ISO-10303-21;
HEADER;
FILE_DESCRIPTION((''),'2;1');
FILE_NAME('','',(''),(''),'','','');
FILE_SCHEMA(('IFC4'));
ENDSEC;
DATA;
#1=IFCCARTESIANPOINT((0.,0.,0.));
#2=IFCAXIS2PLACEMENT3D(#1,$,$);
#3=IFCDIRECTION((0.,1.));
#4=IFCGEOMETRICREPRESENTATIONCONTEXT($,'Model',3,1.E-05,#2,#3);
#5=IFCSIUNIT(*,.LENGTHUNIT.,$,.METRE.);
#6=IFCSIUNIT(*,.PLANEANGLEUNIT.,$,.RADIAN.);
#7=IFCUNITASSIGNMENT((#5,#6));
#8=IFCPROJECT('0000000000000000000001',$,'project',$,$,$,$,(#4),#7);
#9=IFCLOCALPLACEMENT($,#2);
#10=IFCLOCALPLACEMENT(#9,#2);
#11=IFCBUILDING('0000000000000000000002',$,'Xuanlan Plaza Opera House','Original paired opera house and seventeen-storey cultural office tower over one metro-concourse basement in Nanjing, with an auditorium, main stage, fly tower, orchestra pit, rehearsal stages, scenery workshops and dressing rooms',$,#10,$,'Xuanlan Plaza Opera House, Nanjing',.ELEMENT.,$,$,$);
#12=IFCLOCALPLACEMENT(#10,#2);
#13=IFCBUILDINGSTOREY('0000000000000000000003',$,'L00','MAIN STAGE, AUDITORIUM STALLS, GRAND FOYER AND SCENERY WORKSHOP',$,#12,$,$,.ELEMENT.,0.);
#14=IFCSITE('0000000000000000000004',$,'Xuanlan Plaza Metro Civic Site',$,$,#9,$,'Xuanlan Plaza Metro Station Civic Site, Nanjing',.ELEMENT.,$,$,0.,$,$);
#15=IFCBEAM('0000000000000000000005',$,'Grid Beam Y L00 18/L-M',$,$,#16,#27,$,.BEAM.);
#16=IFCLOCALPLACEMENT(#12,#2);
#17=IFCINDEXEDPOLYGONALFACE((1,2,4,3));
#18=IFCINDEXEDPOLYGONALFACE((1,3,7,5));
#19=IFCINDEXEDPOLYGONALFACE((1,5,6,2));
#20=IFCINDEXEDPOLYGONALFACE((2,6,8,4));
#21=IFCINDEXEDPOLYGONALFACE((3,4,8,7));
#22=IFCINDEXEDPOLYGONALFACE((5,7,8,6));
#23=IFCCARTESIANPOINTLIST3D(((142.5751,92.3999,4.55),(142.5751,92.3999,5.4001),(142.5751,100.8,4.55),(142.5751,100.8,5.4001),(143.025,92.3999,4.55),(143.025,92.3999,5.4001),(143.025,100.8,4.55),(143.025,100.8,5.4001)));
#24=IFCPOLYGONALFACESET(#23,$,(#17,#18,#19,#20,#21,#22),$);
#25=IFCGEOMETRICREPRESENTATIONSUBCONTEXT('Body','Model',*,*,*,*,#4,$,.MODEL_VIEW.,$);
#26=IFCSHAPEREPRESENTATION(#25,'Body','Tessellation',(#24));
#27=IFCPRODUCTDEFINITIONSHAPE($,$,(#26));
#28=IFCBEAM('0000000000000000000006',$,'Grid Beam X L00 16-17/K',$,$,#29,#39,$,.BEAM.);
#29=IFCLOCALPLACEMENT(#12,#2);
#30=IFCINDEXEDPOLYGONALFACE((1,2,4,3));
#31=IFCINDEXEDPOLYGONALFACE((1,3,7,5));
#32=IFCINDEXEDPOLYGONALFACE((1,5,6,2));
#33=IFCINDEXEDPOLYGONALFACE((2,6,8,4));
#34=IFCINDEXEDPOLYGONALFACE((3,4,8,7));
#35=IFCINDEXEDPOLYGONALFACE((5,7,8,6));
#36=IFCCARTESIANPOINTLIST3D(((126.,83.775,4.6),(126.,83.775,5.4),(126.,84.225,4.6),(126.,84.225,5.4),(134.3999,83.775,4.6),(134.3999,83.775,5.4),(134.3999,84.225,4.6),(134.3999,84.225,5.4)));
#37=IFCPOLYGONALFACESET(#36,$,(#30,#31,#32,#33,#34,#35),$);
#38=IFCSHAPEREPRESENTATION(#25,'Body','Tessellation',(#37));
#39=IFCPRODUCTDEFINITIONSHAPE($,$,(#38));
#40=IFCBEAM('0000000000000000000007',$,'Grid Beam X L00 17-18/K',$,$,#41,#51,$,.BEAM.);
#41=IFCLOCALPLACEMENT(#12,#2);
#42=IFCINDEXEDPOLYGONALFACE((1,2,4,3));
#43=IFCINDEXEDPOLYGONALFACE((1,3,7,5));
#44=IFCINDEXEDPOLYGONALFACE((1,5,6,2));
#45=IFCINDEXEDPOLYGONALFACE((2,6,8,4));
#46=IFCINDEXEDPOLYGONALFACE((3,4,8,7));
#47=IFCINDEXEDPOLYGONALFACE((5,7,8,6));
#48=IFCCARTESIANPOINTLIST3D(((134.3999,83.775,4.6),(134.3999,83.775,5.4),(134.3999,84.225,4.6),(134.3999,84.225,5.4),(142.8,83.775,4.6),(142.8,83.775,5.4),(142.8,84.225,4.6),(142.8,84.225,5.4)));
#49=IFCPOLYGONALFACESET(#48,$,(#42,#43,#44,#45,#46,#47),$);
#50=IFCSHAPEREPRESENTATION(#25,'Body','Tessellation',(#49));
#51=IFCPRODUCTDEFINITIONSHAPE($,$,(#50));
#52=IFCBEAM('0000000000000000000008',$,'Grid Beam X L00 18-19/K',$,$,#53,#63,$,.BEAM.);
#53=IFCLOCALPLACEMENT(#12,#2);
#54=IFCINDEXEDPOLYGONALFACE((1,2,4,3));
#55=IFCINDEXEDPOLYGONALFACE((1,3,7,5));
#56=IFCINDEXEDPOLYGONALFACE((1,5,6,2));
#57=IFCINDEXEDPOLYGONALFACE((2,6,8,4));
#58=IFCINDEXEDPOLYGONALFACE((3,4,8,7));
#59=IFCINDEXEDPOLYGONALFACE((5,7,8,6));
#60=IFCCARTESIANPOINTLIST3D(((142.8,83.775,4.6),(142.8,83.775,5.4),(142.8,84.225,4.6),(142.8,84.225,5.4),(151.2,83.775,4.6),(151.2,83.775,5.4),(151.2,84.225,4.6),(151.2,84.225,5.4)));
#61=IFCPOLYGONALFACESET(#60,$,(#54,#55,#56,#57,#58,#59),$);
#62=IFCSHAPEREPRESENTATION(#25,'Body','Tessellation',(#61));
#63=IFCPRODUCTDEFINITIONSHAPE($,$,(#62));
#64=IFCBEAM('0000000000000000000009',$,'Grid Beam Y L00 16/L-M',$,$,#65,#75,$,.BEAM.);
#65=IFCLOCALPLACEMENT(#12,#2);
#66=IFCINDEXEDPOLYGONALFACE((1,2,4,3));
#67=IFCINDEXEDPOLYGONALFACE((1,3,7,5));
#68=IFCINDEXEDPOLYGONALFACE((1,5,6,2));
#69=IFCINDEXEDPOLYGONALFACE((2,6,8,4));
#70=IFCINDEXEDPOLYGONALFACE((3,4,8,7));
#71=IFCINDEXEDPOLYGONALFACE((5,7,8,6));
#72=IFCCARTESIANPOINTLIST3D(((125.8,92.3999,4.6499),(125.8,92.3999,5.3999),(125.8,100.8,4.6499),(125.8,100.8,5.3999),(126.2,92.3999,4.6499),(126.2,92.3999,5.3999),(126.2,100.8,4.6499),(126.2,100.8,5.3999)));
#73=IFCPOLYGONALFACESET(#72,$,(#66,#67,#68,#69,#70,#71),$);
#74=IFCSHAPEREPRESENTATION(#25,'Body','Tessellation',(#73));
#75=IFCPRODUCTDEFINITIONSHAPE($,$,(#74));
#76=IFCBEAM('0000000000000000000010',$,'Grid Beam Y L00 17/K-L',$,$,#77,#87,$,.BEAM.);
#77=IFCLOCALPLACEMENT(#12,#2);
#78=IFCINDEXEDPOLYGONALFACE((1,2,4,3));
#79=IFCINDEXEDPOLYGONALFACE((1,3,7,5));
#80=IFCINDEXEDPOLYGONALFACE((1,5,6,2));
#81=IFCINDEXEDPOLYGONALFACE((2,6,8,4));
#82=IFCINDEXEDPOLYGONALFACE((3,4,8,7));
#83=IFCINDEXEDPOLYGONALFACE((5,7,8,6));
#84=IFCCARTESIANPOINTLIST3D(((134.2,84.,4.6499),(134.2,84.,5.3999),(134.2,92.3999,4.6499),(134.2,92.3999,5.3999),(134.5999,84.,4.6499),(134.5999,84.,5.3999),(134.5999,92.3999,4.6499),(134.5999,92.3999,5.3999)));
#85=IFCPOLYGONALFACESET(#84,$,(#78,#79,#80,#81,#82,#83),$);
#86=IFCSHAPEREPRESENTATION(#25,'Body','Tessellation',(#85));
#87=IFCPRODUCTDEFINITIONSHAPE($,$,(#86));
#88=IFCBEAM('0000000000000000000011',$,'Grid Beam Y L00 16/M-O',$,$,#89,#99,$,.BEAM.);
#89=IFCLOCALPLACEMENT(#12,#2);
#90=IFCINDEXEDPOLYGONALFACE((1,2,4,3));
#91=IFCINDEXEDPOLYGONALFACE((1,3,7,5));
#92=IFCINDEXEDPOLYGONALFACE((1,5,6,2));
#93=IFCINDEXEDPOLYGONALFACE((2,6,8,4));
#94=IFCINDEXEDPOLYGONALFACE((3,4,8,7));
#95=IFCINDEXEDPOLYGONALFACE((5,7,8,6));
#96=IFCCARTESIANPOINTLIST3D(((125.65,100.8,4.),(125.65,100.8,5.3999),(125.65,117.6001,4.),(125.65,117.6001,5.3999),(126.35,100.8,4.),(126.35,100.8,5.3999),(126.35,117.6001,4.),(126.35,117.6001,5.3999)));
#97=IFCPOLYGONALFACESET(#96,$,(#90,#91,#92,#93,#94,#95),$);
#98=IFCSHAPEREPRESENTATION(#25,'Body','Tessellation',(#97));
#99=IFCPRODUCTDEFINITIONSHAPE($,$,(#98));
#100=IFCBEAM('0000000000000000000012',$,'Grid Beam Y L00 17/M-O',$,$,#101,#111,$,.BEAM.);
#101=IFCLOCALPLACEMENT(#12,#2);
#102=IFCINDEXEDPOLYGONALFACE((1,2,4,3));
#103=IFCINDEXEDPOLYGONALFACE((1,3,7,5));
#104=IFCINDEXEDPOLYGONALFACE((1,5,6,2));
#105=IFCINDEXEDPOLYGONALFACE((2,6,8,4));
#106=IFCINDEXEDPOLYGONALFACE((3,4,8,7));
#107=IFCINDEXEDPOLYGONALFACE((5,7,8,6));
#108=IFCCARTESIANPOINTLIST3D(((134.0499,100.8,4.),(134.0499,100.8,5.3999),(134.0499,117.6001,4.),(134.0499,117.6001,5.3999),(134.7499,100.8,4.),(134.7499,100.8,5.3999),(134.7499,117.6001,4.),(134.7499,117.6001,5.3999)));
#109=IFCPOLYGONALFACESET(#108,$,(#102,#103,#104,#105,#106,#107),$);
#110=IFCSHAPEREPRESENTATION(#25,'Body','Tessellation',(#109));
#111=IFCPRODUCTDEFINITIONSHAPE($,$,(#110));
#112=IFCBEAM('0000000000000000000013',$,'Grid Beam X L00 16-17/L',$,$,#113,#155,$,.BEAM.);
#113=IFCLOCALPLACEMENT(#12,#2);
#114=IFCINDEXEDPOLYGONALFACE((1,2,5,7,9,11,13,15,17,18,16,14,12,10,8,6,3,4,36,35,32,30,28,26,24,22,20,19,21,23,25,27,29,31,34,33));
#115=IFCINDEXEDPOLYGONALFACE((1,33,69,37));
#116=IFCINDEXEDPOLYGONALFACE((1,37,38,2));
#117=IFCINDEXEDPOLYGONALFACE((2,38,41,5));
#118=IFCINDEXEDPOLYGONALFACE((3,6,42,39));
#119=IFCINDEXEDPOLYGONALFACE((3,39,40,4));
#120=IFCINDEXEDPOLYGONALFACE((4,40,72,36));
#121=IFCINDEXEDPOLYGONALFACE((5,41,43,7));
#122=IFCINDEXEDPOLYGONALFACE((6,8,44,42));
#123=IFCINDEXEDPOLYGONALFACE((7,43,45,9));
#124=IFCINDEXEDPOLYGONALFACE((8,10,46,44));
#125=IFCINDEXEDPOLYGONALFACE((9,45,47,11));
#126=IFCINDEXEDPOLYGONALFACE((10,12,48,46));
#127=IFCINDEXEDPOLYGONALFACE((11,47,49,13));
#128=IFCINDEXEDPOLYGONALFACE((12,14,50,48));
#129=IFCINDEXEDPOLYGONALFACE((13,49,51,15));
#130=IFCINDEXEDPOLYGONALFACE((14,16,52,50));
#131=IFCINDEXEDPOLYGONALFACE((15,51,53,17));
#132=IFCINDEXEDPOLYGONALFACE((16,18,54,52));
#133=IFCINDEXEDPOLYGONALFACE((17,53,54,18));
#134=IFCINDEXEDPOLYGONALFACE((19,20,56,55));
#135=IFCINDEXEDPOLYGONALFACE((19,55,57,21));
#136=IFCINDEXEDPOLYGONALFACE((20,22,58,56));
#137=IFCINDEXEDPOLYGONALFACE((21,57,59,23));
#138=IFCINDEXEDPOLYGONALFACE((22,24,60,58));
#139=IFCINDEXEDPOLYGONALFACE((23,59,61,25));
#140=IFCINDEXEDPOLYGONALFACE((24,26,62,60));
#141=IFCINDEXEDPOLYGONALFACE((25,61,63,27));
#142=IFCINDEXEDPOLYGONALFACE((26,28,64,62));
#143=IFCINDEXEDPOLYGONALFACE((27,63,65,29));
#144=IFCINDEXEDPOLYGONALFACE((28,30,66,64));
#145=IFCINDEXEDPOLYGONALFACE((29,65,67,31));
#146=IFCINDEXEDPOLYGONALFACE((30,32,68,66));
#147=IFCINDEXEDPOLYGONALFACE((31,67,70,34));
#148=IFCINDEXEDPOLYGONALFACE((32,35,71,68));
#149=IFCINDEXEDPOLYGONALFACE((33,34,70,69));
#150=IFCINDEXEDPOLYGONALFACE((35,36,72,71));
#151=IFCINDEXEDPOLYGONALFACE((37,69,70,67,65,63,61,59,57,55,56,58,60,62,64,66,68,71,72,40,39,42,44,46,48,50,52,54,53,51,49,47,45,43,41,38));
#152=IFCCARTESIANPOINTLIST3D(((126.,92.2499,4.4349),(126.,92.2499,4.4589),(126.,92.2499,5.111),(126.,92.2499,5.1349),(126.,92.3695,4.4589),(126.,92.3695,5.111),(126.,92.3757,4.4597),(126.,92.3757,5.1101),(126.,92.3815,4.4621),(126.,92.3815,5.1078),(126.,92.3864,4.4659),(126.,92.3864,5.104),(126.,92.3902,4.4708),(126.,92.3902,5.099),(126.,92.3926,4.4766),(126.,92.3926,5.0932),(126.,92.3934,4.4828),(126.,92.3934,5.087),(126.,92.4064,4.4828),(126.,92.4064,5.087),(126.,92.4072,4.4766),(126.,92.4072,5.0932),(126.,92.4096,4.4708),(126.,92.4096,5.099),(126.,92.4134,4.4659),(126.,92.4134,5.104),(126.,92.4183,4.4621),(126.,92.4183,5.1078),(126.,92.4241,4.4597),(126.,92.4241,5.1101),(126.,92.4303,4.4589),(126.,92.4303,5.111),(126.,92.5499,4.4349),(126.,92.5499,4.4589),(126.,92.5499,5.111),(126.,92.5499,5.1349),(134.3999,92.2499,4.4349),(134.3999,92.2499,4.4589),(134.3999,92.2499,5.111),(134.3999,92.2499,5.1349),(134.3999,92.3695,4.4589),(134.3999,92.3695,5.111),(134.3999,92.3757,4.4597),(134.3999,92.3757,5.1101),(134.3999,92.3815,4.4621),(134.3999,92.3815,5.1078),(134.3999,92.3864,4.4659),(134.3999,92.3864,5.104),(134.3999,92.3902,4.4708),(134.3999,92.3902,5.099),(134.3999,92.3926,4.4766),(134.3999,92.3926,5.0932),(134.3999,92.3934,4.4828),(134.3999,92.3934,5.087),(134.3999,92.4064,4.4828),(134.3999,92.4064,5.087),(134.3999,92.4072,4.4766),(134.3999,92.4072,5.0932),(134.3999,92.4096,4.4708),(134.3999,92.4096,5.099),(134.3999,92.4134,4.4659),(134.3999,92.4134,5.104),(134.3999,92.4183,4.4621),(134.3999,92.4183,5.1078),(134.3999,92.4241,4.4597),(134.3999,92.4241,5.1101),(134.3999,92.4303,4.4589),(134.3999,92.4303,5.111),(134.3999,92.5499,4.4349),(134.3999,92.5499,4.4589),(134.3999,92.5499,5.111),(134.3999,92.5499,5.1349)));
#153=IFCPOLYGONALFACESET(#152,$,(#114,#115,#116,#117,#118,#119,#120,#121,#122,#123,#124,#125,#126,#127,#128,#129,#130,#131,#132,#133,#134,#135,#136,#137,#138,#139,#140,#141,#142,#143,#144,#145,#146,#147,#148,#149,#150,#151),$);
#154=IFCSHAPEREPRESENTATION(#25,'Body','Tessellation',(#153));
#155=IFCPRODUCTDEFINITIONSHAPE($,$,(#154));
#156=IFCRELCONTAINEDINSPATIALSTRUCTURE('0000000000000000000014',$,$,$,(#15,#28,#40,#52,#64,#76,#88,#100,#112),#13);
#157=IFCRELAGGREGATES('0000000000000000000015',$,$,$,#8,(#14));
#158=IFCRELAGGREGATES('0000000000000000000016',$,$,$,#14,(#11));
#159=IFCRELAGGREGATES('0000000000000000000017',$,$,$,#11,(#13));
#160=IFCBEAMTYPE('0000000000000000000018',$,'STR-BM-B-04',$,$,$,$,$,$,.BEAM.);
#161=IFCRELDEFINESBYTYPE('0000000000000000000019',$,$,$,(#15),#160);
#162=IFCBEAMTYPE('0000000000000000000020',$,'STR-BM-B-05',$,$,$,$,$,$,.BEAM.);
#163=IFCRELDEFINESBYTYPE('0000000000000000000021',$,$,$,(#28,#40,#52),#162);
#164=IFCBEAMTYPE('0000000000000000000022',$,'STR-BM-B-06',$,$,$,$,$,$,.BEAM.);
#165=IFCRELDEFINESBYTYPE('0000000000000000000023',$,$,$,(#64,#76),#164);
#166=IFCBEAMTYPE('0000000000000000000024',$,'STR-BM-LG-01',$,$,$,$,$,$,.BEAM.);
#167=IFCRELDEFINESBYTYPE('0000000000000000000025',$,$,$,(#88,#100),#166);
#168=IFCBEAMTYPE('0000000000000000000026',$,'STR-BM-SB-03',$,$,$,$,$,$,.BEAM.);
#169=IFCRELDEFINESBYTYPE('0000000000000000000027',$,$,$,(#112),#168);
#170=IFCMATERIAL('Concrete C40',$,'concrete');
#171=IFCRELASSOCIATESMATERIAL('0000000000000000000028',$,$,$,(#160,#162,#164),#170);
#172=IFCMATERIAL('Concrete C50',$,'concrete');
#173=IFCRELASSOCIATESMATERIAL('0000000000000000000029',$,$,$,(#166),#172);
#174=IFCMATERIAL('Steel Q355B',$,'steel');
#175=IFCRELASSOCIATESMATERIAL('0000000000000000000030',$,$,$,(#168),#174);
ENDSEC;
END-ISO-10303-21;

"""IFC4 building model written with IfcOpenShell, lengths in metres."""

from ifc_helpers import new_model, si_unit, direction, frame, origin, origin_2d, place, context, subcontext, project, spatial, rectangle, i_section, extrude, material, material_profile, profile_set, type_object, element, save


model = new_model("IFC4")

# Units and contexts
model_context = context("Model", 3, precision=1e-05, world=origin(), true_north=direction((0.0, 1.0)))
body_context = subcontext(model_context, "Body", "Model", "MODEL_VIEW")
ifc_project = project(units=[si_unit("LENGTHUNIT", "METRE"), si_unit("PLANEANGLEUNIT", "RADIAN")], contexts=[model_context])

# Site, building, storey
site_placement = place(None, origin())
site = spatial("IfcSite", under=ifc_project, at=site_placement, Name="Xuanlan Plaza Metro Civic Site", LongName="Xuanlan Plaza Metro Station Civic Site, Nanjing", CompositionType="ELEMENT", RefElevation=0.0)
building_placement = place(site_placement, origin())
building = spatial("IfcBuilding", under=site, at=building_placement, Name="Xuanlan Plaza Opera House", Description="Original paired opera house and seventeen-storey cultural office tower over one metro-concourse basement in Nanjing, with an auditorium, main stage, fly tower, orchestra pit, rehearsal stages, scenery workshops and dressing rooms", LongName="Xuanlan Plaza Opera House, Nanjing", CompositionType="ELEMENT")
storey_placement = place(building_placement, origin())
storey = spatial("IfcBuildingStorey", under=building, at=storey_placement, Name="L00", Description="MAIN STAGE, AUDITORIUM STALLS, GRAND FOYER AND SCENERY WORKSHOP", CompositionType="ELEMENT", Elevation=0.0)

# Shared definitions
ifc_material_1 = material(Name="Concrete C40", Category="concrete")

# Beams
ifc_material_2 = material(Name="Concrete C50", Category="concrete")
ifc_material_profile_1 = material_profile(ifc_material_1, rectangle(XDim=0.45, YDim=0.8501, at=origin_2d()), Name="RC-BM 450x850")
ifc_profile_set_1 = profile_set([ifc_material_profile_1], Name="Concrete C40")
beam_type_1 = type_object("IfcBeamType", Name="STR-BM-B-04", PredefinedType="BEAM", material=ifc_profile_set_1)
beam_1_placement = place(storey_placement, frame((142.8, 92.3999, 4.9751), z_axis=(0.0, 1.0, 0.0), x_axis=(-1.0, 0.0, 0.0)))
element("IfcBeam", 1, at=beam_1_placement, inside=storey, type_object=beam_type_1, Name="Grid Beam Y L00 18/L-M", PredefinedType="BEAM", context=body_context, shape_type="SweptSolid", body=[
    extrude(rectangle(XDim=0.45, YDim=0.8501, at=origin_2d()), origin(), (0.0, 0.0, 1.0), 8.4001),
])
ifc_material_profile_2 = material_profile(ifc_material_1, rectangle(XDim=0.45, YDim=0.8, at=origin_2d()), Name="RC-BM 450x800")
ifc_profile_set_2 = profile_set([ifc_material_profile_2], Name="Concrete C40")
beam_type_2 = type_object("IfcBeamType", Name="STR-BM-B-05", PredefinedType="BEAM", material=ifc_profile_set_2)
beam_2_placement = place(storey_placement, frame((126.0, 84.0, 5.0), z_axis=(1.0, 0.0, 0.0), x_axis=(0.0, 1.0, 0.0)))
element("IfcBeam", 2, at=beam_2_placement, inside=storey, type_object=beam_type_2, Name="Grid Beam X L00 16-17/K", PredefinedType="BEAM", context=body_context, shape_type="SweptSolid", body=[
    extrude(rectangle(XDim=0.45, YDim=0.8, at=origin_2d()), origin(), (0.0, 0.0, 1.0), 8.3999),
])
beam_3_placement = place(storey_placement, frame((134.3999, 84.0, 5.0), z_axis=(1.0, 0.0, 0.0), x_axis=(0.0, 1.0, 0.0)))
element("IfcBeam", 3, at=beam_3_placement, inside=storey, type_object=beam_type_2, Name="Grid Beam X L00 17-18/K", PredefinedType="BEAM", context=body_context, shape_type="SweptSolid", body=[
    extrude(rectangle(XDim=0.45, YDim=0.8, at=origin_2d()), origin(), (0.0, 0.0, 1.0), 8.4001),
])
beam_4_placement = place(storey_placement, frame((142.8, 84.0, 5.0), z_axis=(1.0, 0.0, 0.0), x_axis=(0.0, 1.0, 0.0)))
element("IfcBeam", 4, at=beam_4_placement, inside=storey, type_object=beam_type_2, Name="Grid Beam X L00 18-19/K", PredefinedType="BEAM", context=body_context, shape_type="SweptSolid", body=[
    extrude(rectangle(XDim=0.45, YDim=0.8, at=origin_2d()), origin(), (0.0, 0.0, 1.0), 8.3999),
])
ifc_material_profile_3 = material_profile(ifc_material_1, rectangle(XDim=0.3999, YDim=0.75, at=origin_2d()), Name="RC-BM 400x750")
ifc_profile_set_3 = profile_set([ifc_material_profile_3], Name="Concrete C40")
beam_type_3 = type_object("IfcBeamType", Name="STR-BM-B-06", PredefinedType="BEAM", material=ifc_profile_set_3)
beam_5_placement = place(storey_placement, frame((126.0, 92.3999, 5.0249), z_axis=(0.0, 1.0, 0.0), x_axis=(-1.0, 0.0, 0.0)))
element("IfcBeam", 5, at=beam_5_placement, inside=storey, type_object=beam_type_3, Name="Grid Beam Y L00 16/L-M", PredefinedType="BEAM", context=body_context, shape_type="SweptSolid", body=[
    extrude(rectangle(XDim=0.3999, YDim=0.75, at=origin_2d()), origin(), (0.0, 0.0, 1.0), 8.4001),
])
beam_6_placement = place(storey_placement, frame((134.3999, 84.0, 5.0249), z_axis=(0.0, 1.0, 0.0), x_axis=(-1.0, 0.0, 0.0)))
element("IfcBeam", 6, at=beam_6_placement, inside=storey, type_object=beam_type_3, Name="Grid Beam Y L00 17/K-L", PredefinedType="BEAM", context=body_context, shape_type="SweptSolid", body=[
    extrude(rectangle(XDim=0.3999, YDim=0.75, at=origin_2d()), origin(), (0.0, 0.0, 1.0), 8.3999),
])
ifc_material_profile_4 = material_profile(ifc_material_2, rectangle(XDim=0.7, YDim=1.3999, at=origin_2d()), Name="RC-LG 700x1400")
ifc_profile_set_4 = profile_set([ifc_material_profile_4], Name="Concrete C50")
beam_type_4 = type_object("IfcBeamType", Name="STR-BM-LG-01", PredefinedType="BEAM", material=ifc_profile_set_4)
for number, where, z_axis, x_axis, name in (
    (7, (126.0, 100.8, 4.7), (0.0, 1.0, 0.0), (-1.0, 0.0, 0.0), "Grid Beam Y L00 16/M-O"),
    (8, (134.3999, 100.8, 4.7), (0.0, 1.0, 0.0), (-1.0, 0.0, 0.0), "Grid Beam Y L00 17/M-O"),
):
    element("IfcBeam", number, at=place(storey_placement, frame(where, z_axis=z_axis, x_axis=x_axis)), inside=storey, type_object=beam_type_4, Name=name, PredefinedType="BEAM", context=body_context, shape_type="SweptSolid", body=[
        extrude(rectangle(XDim=0.7, YDim=1.3999, at=origin_2d()), origin(), (0.0, 0.0, 1.0), 16.8),
    ])
ifc_material_3 = material(Name="Steel Q355B", Category="steel")
ifc_material_profile_5 = material_profile(ifc_material_3, i_section(OverallWidth=0.3, OverallDepth=0.7, WebThickness=0.0129, FlangeThickness=0.0239, FilletRadius=0.0239, at=origin_2d()), Name="HN 700x300x13x24")
ifc_profile_set_5 = profile_set([ifc_material_profile_5], Name="Steel Q355B")
beam_type_5 = type_object("IfcBeamType", Name="STR-BM-SB-03", PredefinedType="BEAM", material=ifc_profile_set_5)
beam_7_placement = place(storey_placement, frame((126.0, 92.3999, 4.7849), z_axis=(1.0, 0.0, 0.0), x_axis=(0.0, 1.0, 0.0)))
element("IfcBeam", 9, at=beam_7_placement, inside=storey, type_object=beam_type_5, Name="Grid Beam X L00 16-17/L", PredefinedType="BEAM", context=body_context, shape_type="SweptSolid", body=[
    extrude(i_section(OverallWidth=0.3, OverallDepth=0.7, WebThickness=0.0129, FlangeThickness=0.0239, FilletRadius=0.0239, at=origin_2d()), origin(), (0.0, 0.0, 1.0), 8.3999),
])

save(model, "model.ifc")
